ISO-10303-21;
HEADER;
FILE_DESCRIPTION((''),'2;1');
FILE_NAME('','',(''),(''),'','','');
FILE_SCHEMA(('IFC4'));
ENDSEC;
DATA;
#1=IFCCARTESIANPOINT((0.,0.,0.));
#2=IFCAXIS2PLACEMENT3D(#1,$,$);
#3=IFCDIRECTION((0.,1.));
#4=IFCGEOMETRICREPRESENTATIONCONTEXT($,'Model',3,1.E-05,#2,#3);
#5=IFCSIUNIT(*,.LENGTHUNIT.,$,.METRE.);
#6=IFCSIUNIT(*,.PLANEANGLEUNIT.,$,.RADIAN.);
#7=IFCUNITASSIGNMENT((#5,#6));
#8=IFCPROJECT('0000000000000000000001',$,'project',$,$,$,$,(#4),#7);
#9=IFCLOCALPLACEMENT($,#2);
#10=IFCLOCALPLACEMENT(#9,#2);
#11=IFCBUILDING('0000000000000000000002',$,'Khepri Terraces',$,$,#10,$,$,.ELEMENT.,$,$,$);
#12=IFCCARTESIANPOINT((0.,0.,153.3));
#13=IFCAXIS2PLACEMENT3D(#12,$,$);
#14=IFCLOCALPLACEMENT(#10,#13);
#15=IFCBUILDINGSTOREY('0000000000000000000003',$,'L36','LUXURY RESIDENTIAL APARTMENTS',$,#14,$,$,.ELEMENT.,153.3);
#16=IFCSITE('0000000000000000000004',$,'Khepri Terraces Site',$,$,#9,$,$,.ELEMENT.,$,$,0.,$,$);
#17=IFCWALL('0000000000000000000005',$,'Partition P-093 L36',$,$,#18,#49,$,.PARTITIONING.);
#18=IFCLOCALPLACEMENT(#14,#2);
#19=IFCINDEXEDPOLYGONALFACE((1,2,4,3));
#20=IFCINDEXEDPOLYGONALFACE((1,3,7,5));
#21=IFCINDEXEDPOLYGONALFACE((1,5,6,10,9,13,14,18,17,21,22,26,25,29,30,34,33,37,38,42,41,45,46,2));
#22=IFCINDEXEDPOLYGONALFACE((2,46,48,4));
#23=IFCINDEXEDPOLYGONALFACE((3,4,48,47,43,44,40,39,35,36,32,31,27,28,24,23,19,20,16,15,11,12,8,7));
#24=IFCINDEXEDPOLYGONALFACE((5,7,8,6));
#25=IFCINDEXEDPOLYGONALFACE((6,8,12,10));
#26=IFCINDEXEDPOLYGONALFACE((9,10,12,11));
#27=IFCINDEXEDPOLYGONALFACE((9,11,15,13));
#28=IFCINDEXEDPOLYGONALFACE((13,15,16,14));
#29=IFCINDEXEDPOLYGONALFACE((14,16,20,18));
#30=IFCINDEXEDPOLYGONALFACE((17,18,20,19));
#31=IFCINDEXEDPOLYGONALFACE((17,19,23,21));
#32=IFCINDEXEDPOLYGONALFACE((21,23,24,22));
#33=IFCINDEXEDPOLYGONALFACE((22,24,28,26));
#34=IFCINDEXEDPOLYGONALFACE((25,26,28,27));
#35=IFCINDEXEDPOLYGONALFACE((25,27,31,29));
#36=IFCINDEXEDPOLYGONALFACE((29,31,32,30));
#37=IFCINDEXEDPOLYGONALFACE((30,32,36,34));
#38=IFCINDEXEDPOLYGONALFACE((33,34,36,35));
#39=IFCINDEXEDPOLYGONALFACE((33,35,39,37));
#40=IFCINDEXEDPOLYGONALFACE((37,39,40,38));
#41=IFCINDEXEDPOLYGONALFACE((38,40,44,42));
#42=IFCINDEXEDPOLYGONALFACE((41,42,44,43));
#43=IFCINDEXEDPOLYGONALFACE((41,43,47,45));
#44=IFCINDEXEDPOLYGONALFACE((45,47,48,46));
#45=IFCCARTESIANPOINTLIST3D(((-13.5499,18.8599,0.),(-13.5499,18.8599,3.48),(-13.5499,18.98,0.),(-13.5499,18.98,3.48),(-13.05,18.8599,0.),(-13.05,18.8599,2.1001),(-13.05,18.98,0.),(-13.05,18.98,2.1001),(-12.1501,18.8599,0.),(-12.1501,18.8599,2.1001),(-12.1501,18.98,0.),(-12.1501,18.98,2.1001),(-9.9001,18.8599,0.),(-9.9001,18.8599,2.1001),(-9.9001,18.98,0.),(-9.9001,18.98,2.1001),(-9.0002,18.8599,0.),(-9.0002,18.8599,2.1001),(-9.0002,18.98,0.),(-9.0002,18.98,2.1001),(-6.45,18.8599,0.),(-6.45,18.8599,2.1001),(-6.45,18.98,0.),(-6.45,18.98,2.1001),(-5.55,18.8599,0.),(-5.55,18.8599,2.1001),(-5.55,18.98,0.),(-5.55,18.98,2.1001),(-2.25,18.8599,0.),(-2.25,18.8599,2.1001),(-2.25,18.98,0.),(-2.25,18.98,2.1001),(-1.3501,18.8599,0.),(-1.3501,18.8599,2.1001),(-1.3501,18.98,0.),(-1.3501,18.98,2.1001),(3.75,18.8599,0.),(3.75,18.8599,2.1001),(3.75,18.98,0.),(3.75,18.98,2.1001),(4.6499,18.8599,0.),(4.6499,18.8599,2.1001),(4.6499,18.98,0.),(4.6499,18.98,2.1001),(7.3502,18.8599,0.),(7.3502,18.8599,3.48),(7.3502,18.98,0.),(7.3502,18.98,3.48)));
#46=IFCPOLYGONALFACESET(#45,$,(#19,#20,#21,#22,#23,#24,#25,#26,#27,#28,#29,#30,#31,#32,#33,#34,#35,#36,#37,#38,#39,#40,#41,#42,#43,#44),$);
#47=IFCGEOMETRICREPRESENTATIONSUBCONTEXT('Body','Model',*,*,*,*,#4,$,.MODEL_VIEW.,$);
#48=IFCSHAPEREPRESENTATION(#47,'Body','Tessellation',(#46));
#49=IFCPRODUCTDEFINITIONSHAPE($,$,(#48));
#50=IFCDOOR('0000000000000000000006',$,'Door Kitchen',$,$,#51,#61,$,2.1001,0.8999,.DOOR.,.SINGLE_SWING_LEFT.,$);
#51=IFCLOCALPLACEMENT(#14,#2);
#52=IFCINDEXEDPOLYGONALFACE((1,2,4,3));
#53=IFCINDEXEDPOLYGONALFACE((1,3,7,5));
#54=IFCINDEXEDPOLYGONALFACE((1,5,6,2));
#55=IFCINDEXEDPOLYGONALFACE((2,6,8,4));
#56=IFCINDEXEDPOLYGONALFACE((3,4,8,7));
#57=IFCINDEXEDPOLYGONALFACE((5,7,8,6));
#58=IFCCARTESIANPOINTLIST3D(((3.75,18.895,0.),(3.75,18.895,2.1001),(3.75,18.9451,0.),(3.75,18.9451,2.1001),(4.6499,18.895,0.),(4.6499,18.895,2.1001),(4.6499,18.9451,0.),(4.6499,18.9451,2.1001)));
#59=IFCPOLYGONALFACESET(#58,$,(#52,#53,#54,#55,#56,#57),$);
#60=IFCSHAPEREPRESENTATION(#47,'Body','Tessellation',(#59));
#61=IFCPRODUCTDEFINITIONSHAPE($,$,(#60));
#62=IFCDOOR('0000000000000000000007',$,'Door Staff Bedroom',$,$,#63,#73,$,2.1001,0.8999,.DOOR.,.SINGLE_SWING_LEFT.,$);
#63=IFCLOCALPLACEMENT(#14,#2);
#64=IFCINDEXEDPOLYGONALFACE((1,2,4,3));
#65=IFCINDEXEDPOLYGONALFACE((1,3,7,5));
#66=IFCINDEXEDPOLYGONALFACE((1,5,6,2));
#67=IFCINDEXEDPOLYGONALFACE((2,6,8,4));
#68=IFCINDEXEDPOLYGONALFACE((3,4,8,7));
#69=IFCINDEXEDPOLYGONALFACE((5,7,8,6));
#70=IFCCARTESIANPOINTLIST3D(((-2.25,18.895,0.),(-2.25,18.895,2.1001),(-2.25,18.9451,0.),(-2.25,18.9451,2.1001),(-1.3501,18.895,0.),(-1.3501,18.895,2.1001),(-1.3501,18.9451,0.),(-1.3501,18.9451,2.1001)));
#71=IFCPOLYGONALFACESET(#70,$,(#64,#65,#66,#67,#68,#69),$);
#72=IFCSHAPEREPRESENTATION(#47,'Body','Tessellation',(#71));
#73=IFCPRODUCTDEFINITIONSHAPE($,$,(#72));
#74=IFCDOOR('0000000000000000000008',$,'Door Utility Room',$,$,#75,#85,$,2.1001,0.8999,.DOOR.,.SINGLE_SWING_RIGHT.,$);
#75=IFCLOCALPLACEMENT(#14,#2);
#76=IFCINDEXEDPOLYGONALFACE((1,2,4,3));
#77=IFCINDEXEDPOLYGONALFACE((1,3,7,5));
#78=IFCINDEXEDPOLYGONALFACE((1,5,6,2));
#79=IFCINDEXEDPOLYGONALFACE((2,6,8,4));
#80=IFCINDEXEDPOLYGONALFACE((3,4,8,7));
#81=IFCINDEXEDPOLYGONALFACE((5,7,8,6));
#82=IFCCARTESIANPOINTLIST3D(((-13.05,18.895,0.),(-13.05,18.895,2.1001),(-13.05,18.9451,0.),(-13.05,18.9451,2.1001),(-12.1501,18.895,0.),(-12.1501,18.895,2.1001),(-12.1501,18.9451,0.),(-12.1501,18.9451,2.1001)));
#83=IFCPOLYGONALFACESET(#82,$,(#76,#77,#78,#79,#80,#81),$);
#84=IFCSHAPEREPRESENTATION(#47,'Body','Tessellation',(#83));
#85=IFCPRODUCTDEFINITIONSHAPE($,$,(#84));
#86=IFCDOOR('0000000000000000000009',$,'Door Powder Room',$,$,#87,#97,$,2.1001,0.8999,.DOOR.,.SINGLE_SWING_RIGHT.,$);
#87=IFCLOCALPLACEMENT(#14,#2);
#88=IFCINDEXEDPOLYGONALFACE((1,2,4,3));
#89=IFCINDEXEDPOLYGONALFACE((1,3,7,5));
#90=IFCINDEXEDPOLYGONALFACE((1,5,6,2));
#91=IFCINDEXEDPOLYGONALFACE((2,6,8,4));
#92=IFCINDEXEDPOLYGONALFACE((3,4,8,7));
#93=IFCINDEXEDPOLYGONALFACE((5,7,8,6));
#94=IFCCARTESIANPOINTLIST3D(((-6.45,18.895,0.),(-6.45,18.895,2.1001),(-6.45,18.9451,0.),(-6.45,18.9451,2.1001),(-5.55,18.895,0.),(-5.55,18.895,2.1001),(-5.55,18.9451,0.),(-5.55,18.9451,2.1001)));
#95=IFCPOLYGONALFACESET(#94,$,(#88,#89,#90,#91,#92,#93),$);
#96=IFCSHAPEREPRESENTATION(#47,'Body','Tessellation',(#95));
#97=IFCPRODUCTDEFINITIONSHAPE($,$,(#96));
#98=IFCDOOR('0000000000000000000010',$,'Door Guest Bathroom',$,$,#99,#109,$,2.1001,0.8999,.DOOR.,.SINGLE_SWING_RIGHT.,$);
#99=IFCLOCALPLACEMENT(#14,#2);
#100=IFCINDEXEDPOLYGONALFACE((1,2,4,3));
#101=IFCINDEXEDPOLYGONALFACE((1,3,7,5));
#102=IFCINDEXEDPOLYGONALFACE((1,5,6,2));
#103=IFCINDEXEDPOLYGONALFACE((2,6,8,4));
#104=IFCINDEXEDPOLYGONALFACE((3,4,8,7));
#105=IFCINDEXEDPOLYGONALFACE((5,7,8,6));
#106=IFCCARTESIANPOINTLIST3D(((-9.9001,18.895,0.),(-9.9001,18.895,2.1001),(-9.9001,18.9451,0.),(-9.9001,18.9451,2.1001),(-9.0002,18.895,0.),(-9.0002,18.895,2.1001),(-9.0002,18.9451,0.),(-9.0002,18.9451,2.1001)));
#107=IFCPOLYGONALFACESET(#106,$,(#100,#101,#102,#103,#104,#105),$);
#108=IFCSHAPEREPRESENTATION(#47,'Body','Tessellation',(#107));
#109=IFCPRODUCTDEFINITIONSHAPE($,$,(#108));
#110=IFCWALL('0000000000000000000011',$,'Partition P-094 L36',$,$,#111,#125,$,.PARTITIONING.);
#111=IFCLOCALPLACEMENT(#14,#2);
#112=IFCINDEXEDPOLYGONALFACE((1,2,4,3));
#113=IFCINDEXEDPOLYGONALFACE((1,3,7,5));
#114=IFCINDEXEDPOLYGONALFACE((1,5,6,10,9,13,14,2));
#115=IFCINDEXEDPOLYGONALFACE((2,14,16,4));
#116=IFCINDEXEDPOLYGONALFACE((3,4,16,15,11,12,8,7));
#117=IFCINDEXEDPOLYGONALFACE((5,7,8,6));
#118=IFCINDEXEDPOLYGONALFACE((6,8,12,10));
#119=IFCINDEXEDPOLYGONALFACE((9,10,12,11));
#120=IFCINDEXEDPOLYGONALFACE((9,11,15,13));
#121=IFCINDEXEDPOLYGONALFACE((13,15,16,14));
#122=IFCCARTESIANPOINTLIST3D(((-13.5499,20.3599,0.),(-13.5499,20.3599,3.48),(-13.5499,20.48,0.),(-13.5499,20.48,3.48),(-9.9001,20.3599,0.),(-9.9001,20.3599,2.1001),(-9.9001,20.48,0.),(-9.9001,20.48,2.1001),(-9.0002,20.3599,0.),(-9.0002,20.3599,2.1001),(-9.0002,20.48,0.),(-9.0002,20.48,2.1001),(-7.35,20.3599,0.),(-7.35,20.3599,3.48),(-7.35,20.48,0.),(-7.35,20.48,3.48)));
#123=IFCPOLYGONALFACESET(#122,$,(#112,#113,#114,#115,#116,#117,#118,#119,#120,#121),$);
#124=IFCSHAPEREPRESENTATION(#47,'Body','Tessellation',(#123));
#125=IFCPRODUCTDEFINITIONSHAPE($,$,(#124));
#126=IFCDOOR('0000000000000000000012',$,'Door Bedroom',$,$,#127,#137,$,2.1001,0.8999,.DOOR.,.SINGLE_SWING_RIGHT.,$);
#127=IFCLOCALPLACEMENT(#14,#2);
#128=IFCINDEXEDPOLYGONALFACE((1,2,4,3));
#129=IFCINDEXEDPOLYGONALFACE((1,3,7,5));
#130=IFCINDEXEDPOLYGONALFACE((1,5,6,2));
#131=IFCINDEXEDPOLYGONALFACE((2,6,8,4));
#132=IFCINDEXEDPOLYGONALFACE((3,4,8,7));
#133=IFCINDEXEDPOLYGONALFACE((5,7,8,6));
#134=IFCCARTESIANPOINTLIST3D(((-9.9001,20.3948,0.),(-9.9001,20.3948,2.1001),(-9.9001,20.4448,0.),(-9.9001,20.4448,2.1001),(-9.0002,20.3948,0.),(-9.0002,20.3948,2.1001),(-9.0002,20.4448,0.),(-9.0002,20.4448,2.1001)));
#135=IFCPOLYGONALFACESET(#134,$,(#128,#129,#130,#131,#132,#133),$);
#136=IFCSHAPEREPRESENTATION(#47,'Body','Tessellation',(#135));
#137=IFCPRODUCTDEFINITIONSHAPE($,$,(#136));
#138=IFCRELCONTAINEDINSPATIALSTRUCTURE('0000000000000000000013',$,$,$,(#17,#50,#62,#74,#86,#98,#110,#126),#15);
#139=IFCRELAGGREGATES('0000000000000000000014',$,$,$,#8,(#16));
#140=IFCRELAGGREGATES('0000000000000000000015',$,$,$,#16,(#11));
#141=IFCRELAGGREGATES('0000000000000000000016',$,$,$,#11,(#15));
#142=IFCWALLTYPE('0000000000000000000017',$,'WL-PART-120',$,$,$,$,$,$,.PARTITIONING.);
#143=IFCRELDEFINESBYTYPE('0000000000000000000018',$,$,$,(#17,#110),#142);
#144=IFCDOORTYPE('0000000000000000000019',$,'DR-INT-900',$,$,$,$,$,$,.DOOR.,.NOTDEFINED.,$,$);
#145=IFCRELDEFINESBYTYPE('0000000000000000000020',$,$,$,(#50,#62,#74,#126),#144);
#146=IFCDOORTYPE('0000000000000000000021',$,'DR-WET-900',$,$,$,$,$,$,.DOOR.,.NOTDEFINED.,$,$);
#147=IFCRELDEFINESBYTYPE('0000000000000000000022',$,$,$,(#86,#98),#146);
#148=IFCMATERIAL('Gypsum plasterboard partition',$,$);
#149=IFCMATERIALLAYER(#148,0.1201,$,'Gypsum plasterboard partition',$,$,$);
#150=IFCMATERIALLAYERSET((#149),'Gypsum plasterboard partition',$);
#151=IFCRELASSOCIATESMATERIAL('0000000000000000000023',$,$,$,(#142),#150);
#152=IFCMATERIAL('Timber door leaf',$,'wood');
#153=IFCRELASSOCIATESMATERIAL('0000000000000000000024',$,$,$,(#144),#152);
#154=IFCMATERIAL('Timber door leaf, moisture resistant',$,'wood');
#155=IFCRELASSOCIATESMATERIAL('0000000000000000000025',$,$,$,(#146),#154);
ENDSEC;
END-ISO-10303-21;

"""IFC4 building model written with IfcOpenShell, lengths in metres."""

from ifc_helpers import new_model, si_unit, direction, frame, frame_2d, origin, place, context, subcontext, project, spatial, rectangle, extrude, material, layer, layer_set, type_object, element, fill, save


model = new_model("IFC4")

# Units and contexts
model_context = context("Model", 3, precision=1e-05, world=origin(), true_north=direction((0.0, 1.0)))
body_context = subcontext(model_context, "Body", "Model", "MODEL_VIEW")
ifc_project = project(units=[si_unit("LENGTHUNIT", "METRE"), si_unit("PLANEANGLEUNIT", "RADIAN")], contexts=[model_context])

# Site, building, storey
site_placement = place(None, origin())
site = spatial("IfcSite", under=ifc_project, at=site_placement, Name="Khepri Terraces Site", CompositionType="ELEMENT", RefElevation=0.0)
building_placement = place(site_placement, origin())
building = spatial("IfcBuilding", under=site, at=building_placement, Name="Khepri Terraces", CompositionType="ELEMENT")
storey_placement = place(building_placement, frame((0.0, 0.0, 153.3)))
storey = spatial("IfcBuildingStorey", under=building, at=storey_placement, Name="L36", Description="LUXURY RESIDENTIAL APARTMENTS", CompositionType="ELEMENT", Elevation=153.3)

# Shared definitions
ifc_material_1 = material(Name="Gypsum plasterboard partition")
ifc_layer_1 = layer(ifc_material_1, 0.1201, Name="Gypsum plasterboard partition")
ifc_layer_set_1 = layer_set([ifc_layer_1], Name="Gypsum plasterboard partition")
wall_type_1 = type_object("IfcWallType", Name="WL-PART-120", PredefinedType="PARTITIONING", material=ifc_layer_set_1)

# Wall, openings, doors
wall_1_placement = place(storey_placement, frame((-13.55, 18.9199, 0.0), z_axis=(0.0, 0.0, 1.0), x_axis=(1.0, 0.0, 0.0)))
wall_1 = element("IfcWall", 1, at=wall_1_placement, inside=storey, type_object=wall_type_1, Name="Partition P-093 L36", PredefinedType="PARTITIONING", context=body_context, shape_type="SweptSolid", body=[
    extrude(rectangle(XDim=20.9001, YDim=0.1201, at=frame_2d((10.4502, 0.0))), origin(), (0.0, 0.0, 1.0), 3.48),
])
opening_1_placement = place(wall_1_placement, frame((17.3, 0.0, 0.0)))
opening_1 = element("IfcOpeningElement", 2, at=opening_1_placement, cuts=wall_1, PredefinedType="OPENING", context=body_context, shape_type="SweptSolid", body=[
    extrude(rectangle(XDim=0.8999, YDim=2.1001, at=frame_2d((0.45, 1.05))), frame((0.0, 0.0701, 0.0), z_axis=(0.0, -1.0, 0.0), x_axis=(1.0, 0.0, 0.0)), (0.0, 0.0, 1.0), 0.1401),
])
opening_2_placement = place(wall_1_placement, frame((11.3, 0.0, 0.0)))
opening_2 = element("IfcOpeningElement", 3, at=opening_2_placement, cuts=wall_1, PredefinedType="OPENING", context=body_context, shape_type="SweptSolid", body=[
    extrude(rectangle(XDim=0.8999, YDim=2.1001, at=frame_2d((0.45, 1.05))), frame((0.0, 0.0701, 0.0), z_axis=(0.0, -1.0, 0.0), x_axis=(1.0, 0.0, 0.0)), (0.0, 0.0, 1.0), 0.1401),
])
opening_3_placement = place(wall_1_placement, frame((7.1001, 0.0, 0.0)))
opening_3 = element("IfcOpeningElement", 4, at=opening_3_placement, cuts=wall_1, PredefinedType="OPENING", context=body_context, shape_type="SweptSolid", body=[
    extrude(rectangle(XDim=0.8999, YDim=2.1001, at=frame_2d((0.45, 1.05))), frame((0.0, 0.0701, 0.0), z_axis=(0.0, -1.0, 0.0), x_axis=(1.0, 0.0, 0.0)), (0.0, 0.0, 1.0), 0.1401),
])
opening_4_placement = place(wall_1_placement, frame((3.6499, 0.0, 0.0)))
opening_4 = element("IfcOpeningElement", 5, at=opening_4_placement, cuts=wall_1, PredefinedType="OPENING", context=body_context, shape_type="SweptSolid", body=[
    extrude(rectangle(XDim=0.8999, YDim=2.1001, at=frame_2d((0.45, 1.05))), frame((0.0, 0.0701, 0.0), z_axis=(0.0, -1.0, 0.0), x_axis=(1.0, 0.0, 0.0)), (0.0, 0.0, 1.0), 0.1401),
])
opening_5_placement = place(wall_1_placement, frame((0.5, 0.0, 0.0)))
opening_5 = element("IfcOpeningElement", 6, at=opening_5_placement, cuts=wall_1, PredefinedType="OPENING", context=body_context, shape_type="SweptSolid", body=[
    extrude(rectangle(XDim=0.8999, YDim=2.1001, at=frame_2d((0.45, 1.05))), frame((0.0, 0.0701, 0.0), z_axis=(0.0, -1.0, 0.0), x_axis=(1.0, 0.0, 0.0)), (0.0, 0.0, 1.0), 0.1401),
])
ifc_material_2 = material(Name="Timber door leaf", Category="wood")
door_type_1 = type_object("IfcDoorType", Name="DR-INT-900", OperationType="NOTDEFINED", PredefinedType="DOOR", material=ifc_material_2)
door_1_placement = place(opening_1_placement, frame((0.8999, 0.0, 0.0), z_axis=(0.0, 0.0, 1.0), x_axis=(-1.0, 0.0, 0.0)))
door_1 = element("IfcDoor", 7, at=door_1_placement, inside=storey, type_object=door_type_1, Name="Door Kitchen", OperationType="SINGLE_SWING_LEFT", OverallHeight=2.1001, OverallWidth=0.8999, PredefinedType="DOOR", context=body_context, shape_type="SweptSolid", body=[
    extrude(rectangle(XDim=0.8999, YDim=2.1001, at=frame_2d((0.45, 1.05))), frame((0.0, 0.0249, 0.0), z_axis=(0.0, -1.0, 0.0), x_axis=(1.0, 0.0, 0.0)), (0.0, 0.0, 1.0), 0.05),
])
fill(opening_1, door_1)
door_2_placement = place(opening_2_placement, frame((0.8999, 0.0, 0.0), z_axis=(0.0, 0.0, 1.0), x_axis=(-1.0, 0.0, 0.0)))
door_2 = element("IfcDoor", 8, at=door_2_placement, inside=storey, type_object=door_type_1, Name="Door Staff Bedroom", OperationType="SINGLE_SWING_LEFT", OverallHeight=2.1001, OverallWidth=0.8999, PredefinedType="DOOR", context=body_context, shape_type="SweptSolid", body=[
    extrude(rectangle(XDim=0.8999, YDim=2.1001, at=frame_2d((0.45, 1.05))), frame((0.0, 0.0249, 0.0), z_axis=(0.0, -1.0, 0.0), x_axis=(1.0, 0.0, 0.0)), (0.0, 0.0, 1.0), 0.05),
])
fill(opening_2, door_2)
door_3_placement = place(opening_5_placement, frame((0.8999, 0.0, 0.0), z_axis=(0.0, 0.0, 1.0), x_axis=(-1.0, 0.0, 0.0)))
door_3 = element("IfcDoor", 9, at=door_3_placement, inside=storey, type_object=door_type_1, Name="Door Utility Room", OperationType="SINGLE_SWING_RIGHT", OverallHeight=2.1001, OverallWidth=0.8999, PredefinedType="DOOR", context=body_context, shape_type="SweptSolid", body=[
    extrude(rectangle(XDim=0.8999, YDim=2.1001, at=frame_2d((0.45, 1.05))), frame((0.0, 0.0249, 0.0), z_axis=(0.0, -1.0, 0.0), x_axis=(1.0, 0.0, 0.0)), (0.0, 0.0, 1.0), 0.05),
])
fill(opening_5, door_3)
ifc_material_3 = material(Name="Timber door leaf, moisture resistant", Category="wood")
door_type_2 = type_object("IfcDoorType", Name="DR-WET-900", OperationType="NOTDEFINED", PredefinedType="DOOR", material=ifc_material_3)
door_4_placement = place(opening_3_placement, frame((0.8999, 0.0, 0.0), z_axis=(0.0, 0.0, 1.0), x_axis=(-1.0, 0.0, 0.0)))
door_4 = element("IfcDoor", 10, at=door_4_placement, inside=storey, type_object=door_type_2, Name="Door Powder Room", OperationType="SINGLE_SWING_RIGHT", OverallHeight=2.1001, OverallWidth=0.8999, PredefinedType="DOOR", context=body_context, shape_type="SweptSolid", body=[
    extrude(rectangle(XDim=0.8999, YDim=2.1001, at=frame_2d((0.45, 1.05))), frame((0.0, 0.0249, 0.0), z_axis=(0.0, -1.0, 0.0), x_axis=(1.0, 0.0, 0.0)), (0.0, 0.0, 1.0), 0.05),
])
fill(opening_3, door_4)
door_5_placement = place(opening_4_placement, frame((0.8999, 0.0, 0.0), z_axis=(0.0, 0.0, 1.0), x_axis=(-1.0, 0.0, 0.0)))
door_5 = element("IfcDoor", 11, at=door_5_placement, inside=storey, type_object=door_type_2, Name="Door Guest Bathroom", OperationType="SINGLE_SWING_RIGHT", OverallHeight=2.1001, OverallWidth=0.8999, PredefinedType="DOOR", context=body_context, shape_type="SweptSolid", body=[
    extrude(rectangle(XDim=0.8999, YDim=2.1001, at=frame_2d((0.45, 1.05))), frame((0.0, 0.0249, 0.0), z_axis=(0.0, -1.0, 0.0), x_axis=(1.0, 0.0, 0.0)), (0.0, 0.0, 1.0), 0.05),
])
fill(opening_4, door_5)

# Wall, opening, door
wall_2_placement = place(storey_placement, frame((-13.55, 20.4199, 0.0), z_axis=(0.0, 0.0, 1.0), x_axis=(1.0, 0.0, 0.0)))
wall_2 = element("IfcWall", 12, at=wall_2_placement, inside=storey, type_object=wall_type_1, Name="Partition P-094 L36", PredefinedType="PARTITIONING", context=body_context, shape_type="SweptSolid", body=[
    extrude(rectangle(XDim=6.2, YDim=0.1201, at=frame_2d((3.1001, 0.0))), origin(), (0.0, 0.0, 1.0), 3.48),
])
opening_6_placement = place(wall_2_placement, frame((3.6499, 0.0, 0.0)))
opening_6 = element("IfcOpeningElement", 13, at=opening_6_placement, cuts=wall_2, PredefinedType="OPENING", context=body_context, shape_type="SweptSolid", body=[
    extrude(rectangle(XDim=0.8999, YDim=2.1001, at=frame_2d((0.45, 1.05))), frame((0.0, 0.0701, 0.0), z_axis=(0.0, -1.0, 0.0), x_axis=(1.0, 0.0, 0.0)), (0.0, 0.0, 1.0), 0.1401),
])
door_6_placement = place(opening_6_placement, origin())
door_6 = element("IfcDoor", 14, at=door_6_placement, inside=storey, type_object=door_type_1, Name="Door Bedroom", OperationType="SINGLE_SWING_RIGHT", OverallHeight=2.1001, OverallWidth=0.8999, PredefinedType="DOOR", context=body_context, shape_type="SweptSolid", body=[
    extrude(rectangle(XDim=0.8999, YDim=2.1001, at=frame_2d((0.45, 1.05))), frame((0.0, 0.0249, 0.0), z_axis=(0.0, -1.0, 0.0), x_axis=(1.0, 0.0, 0.0)), (0.0, 0.0, 1.0), 0.05),
])
fill(opening_6, door_6)

save(model, "model.ifc")
